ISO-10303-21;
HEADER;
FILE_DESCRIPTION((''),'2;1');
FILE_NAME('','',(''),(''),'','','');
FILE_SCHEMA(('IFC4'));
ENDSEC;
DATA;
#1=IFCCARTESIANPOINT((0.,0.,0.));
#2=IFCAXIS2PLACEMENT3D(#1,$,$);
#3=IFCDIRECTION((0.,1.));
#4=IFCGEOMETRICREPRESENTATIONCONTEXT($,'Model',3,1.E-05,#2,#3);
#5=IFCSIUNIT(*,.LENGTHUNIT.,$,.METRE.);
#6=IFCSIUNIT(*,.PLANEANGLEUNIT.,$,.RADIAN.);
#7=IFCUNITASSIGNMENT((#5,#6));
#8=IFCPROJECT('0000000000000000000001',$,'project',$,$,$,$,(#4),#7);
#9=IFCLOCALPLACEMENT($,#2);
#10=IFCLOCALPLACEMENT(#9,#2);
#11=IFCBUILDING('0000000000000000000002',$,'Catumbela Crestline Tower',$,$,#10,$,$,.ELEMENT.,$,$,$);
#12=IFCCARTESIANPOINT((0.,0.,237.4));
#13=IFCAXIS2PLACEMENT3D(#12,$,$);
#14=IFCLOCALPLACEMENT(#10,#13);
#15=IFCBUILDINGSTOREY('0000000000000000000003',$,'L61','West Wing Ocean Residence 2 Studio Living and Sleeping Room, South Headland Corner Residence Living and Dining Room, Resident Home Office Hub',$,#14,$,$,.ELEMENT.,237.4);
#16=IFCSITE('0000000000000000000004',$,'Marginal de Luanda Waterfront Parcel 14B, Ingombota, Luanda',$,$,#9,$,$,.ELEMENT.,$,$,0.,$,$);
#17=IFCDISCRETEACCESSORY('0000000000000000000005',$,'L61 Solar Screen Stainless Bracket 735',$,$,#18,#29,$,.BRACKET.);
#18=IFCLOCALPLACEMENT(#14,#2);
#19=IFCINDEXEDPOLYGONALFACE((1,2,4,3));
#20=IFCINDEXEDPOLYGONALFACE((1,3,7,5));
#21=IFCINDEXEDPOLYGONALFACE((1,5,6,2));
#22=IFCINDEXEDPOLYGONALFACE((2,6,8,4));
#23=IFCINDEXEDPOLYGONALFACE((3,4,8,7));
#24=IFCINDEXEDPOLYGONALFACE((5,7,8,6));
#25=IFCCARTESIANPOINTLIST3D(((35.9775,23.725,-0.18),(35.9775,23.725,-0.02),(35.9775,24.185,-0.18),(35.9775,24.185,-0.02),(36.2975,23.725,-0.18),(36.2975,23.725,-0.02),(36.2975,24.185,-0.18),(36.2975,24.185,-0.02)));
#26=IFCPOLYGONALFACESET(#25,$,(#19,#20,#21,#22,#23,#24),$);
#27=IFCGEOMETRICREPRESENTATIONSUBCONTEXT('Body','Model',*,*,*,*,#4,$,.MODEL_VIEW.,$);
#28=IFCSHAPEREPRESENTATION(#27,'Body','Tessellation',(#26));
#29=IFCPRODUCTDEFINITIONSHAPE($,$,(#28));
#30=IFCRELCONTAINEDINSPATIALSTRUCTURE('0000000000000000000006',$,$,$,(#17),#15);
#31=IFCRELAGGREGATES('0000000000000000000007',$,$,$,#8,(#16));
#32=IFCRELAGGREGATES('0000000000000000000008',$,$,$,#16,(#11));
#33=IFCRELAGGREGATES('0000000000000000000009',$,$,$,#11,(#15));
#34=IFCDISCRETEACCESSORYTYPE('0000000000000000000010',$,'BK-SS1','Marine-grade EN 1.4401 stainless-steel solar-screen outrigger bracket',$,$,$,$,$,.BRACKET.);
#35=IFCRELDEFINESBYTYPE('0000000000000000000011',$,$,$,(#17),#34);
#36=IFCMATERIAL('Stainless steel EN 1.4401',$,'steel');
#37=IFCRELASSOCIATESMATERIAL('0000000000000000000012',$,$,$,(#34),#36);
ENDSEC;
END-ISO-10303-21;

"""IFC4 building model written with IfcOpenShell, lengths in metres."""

from ifc_helpers import new_model, si_unit, direction, frame, origin, origin_2d, place, context, subcontext, project, spatial, rectangle, extrude, material, type_object, element, save


model = new_model("IFC4")

# Units and contexts
model_context = context("Model", 3, precision=1e-05, world=origin(), true_north=direction((0.0, 1.0)))
body_context = subcontext(model_context, "Body", "Model", "MODEL_VIEW")
ifc_project = project(units=[si_unit("LENGTHUNIT", "METRE"), si_unit("PLANEANGLEUNIT", "RADIAN")], contexts=[model_context])

# Site, building, storey
site_placement = place(None, origin())
site = spatial("IfcSite", under=ifc_project, at=site_placement, Name="Marginal de Luanda Waterfront Parcel 14B, Ingombota, Luanda", CompositionType="ELEMENT", RefElevation=0.0)
building_placement = place(site_placement, origin())
building = spatial("IfcBuilding", under=site, at=building_placement, Name="Catumbela Crestline Tower", CompositionType="ELEMENT")
storey_placement = place(building_placement, frame((0.0, 0.0, 237.4)))
storey = spatial("IfcBuildingStorey", under=building, at=storey_placement, Name="L61", Description="West Wing Ocean Residence 2 Studio Living and Sleeping Room, South Headland Corner Residence Living and Dining Room, Resident Home Office Hub", CompositionType="ELEMENT", Elevation=237.4)

# Discrete accessory
ifc_material_1 = material(Name="Stainless steel EN 1.4401", Category="steel")
discrete_accessory_type = type_object("IfcDiscreteAccessoryType", Name="BK-SS1", Description="Marine-grade EN 1.4401 stainless-steel solar-screen outrigger bracket", PredefinedType="BRACKET", material=ifc_material_1)
discrete_accessory_placement = place(storey_placement, frame((36.1375, 23.955, -0.18), z_axis=(0.0, 0.0, 1.0), x_axis=(1.0, 0.0, 0.0)))
element("IfcDiscreteAccessory", 1, at=discrete_accessory_placement, inside=storey, type_object=discrete_accessory_type, Name="L61 Solar Screen Stainless Bracket 735", PredefinedType="BRACKET", context=body_context, shape_type="SweptSolid", body=[
    extrude(rectangle(XDim=0.32, YDim=0.46, at=origin_2d()), origin(), (0.0, 0.0, 1.0), 0.16),
])

save(model, "model.ifc")
